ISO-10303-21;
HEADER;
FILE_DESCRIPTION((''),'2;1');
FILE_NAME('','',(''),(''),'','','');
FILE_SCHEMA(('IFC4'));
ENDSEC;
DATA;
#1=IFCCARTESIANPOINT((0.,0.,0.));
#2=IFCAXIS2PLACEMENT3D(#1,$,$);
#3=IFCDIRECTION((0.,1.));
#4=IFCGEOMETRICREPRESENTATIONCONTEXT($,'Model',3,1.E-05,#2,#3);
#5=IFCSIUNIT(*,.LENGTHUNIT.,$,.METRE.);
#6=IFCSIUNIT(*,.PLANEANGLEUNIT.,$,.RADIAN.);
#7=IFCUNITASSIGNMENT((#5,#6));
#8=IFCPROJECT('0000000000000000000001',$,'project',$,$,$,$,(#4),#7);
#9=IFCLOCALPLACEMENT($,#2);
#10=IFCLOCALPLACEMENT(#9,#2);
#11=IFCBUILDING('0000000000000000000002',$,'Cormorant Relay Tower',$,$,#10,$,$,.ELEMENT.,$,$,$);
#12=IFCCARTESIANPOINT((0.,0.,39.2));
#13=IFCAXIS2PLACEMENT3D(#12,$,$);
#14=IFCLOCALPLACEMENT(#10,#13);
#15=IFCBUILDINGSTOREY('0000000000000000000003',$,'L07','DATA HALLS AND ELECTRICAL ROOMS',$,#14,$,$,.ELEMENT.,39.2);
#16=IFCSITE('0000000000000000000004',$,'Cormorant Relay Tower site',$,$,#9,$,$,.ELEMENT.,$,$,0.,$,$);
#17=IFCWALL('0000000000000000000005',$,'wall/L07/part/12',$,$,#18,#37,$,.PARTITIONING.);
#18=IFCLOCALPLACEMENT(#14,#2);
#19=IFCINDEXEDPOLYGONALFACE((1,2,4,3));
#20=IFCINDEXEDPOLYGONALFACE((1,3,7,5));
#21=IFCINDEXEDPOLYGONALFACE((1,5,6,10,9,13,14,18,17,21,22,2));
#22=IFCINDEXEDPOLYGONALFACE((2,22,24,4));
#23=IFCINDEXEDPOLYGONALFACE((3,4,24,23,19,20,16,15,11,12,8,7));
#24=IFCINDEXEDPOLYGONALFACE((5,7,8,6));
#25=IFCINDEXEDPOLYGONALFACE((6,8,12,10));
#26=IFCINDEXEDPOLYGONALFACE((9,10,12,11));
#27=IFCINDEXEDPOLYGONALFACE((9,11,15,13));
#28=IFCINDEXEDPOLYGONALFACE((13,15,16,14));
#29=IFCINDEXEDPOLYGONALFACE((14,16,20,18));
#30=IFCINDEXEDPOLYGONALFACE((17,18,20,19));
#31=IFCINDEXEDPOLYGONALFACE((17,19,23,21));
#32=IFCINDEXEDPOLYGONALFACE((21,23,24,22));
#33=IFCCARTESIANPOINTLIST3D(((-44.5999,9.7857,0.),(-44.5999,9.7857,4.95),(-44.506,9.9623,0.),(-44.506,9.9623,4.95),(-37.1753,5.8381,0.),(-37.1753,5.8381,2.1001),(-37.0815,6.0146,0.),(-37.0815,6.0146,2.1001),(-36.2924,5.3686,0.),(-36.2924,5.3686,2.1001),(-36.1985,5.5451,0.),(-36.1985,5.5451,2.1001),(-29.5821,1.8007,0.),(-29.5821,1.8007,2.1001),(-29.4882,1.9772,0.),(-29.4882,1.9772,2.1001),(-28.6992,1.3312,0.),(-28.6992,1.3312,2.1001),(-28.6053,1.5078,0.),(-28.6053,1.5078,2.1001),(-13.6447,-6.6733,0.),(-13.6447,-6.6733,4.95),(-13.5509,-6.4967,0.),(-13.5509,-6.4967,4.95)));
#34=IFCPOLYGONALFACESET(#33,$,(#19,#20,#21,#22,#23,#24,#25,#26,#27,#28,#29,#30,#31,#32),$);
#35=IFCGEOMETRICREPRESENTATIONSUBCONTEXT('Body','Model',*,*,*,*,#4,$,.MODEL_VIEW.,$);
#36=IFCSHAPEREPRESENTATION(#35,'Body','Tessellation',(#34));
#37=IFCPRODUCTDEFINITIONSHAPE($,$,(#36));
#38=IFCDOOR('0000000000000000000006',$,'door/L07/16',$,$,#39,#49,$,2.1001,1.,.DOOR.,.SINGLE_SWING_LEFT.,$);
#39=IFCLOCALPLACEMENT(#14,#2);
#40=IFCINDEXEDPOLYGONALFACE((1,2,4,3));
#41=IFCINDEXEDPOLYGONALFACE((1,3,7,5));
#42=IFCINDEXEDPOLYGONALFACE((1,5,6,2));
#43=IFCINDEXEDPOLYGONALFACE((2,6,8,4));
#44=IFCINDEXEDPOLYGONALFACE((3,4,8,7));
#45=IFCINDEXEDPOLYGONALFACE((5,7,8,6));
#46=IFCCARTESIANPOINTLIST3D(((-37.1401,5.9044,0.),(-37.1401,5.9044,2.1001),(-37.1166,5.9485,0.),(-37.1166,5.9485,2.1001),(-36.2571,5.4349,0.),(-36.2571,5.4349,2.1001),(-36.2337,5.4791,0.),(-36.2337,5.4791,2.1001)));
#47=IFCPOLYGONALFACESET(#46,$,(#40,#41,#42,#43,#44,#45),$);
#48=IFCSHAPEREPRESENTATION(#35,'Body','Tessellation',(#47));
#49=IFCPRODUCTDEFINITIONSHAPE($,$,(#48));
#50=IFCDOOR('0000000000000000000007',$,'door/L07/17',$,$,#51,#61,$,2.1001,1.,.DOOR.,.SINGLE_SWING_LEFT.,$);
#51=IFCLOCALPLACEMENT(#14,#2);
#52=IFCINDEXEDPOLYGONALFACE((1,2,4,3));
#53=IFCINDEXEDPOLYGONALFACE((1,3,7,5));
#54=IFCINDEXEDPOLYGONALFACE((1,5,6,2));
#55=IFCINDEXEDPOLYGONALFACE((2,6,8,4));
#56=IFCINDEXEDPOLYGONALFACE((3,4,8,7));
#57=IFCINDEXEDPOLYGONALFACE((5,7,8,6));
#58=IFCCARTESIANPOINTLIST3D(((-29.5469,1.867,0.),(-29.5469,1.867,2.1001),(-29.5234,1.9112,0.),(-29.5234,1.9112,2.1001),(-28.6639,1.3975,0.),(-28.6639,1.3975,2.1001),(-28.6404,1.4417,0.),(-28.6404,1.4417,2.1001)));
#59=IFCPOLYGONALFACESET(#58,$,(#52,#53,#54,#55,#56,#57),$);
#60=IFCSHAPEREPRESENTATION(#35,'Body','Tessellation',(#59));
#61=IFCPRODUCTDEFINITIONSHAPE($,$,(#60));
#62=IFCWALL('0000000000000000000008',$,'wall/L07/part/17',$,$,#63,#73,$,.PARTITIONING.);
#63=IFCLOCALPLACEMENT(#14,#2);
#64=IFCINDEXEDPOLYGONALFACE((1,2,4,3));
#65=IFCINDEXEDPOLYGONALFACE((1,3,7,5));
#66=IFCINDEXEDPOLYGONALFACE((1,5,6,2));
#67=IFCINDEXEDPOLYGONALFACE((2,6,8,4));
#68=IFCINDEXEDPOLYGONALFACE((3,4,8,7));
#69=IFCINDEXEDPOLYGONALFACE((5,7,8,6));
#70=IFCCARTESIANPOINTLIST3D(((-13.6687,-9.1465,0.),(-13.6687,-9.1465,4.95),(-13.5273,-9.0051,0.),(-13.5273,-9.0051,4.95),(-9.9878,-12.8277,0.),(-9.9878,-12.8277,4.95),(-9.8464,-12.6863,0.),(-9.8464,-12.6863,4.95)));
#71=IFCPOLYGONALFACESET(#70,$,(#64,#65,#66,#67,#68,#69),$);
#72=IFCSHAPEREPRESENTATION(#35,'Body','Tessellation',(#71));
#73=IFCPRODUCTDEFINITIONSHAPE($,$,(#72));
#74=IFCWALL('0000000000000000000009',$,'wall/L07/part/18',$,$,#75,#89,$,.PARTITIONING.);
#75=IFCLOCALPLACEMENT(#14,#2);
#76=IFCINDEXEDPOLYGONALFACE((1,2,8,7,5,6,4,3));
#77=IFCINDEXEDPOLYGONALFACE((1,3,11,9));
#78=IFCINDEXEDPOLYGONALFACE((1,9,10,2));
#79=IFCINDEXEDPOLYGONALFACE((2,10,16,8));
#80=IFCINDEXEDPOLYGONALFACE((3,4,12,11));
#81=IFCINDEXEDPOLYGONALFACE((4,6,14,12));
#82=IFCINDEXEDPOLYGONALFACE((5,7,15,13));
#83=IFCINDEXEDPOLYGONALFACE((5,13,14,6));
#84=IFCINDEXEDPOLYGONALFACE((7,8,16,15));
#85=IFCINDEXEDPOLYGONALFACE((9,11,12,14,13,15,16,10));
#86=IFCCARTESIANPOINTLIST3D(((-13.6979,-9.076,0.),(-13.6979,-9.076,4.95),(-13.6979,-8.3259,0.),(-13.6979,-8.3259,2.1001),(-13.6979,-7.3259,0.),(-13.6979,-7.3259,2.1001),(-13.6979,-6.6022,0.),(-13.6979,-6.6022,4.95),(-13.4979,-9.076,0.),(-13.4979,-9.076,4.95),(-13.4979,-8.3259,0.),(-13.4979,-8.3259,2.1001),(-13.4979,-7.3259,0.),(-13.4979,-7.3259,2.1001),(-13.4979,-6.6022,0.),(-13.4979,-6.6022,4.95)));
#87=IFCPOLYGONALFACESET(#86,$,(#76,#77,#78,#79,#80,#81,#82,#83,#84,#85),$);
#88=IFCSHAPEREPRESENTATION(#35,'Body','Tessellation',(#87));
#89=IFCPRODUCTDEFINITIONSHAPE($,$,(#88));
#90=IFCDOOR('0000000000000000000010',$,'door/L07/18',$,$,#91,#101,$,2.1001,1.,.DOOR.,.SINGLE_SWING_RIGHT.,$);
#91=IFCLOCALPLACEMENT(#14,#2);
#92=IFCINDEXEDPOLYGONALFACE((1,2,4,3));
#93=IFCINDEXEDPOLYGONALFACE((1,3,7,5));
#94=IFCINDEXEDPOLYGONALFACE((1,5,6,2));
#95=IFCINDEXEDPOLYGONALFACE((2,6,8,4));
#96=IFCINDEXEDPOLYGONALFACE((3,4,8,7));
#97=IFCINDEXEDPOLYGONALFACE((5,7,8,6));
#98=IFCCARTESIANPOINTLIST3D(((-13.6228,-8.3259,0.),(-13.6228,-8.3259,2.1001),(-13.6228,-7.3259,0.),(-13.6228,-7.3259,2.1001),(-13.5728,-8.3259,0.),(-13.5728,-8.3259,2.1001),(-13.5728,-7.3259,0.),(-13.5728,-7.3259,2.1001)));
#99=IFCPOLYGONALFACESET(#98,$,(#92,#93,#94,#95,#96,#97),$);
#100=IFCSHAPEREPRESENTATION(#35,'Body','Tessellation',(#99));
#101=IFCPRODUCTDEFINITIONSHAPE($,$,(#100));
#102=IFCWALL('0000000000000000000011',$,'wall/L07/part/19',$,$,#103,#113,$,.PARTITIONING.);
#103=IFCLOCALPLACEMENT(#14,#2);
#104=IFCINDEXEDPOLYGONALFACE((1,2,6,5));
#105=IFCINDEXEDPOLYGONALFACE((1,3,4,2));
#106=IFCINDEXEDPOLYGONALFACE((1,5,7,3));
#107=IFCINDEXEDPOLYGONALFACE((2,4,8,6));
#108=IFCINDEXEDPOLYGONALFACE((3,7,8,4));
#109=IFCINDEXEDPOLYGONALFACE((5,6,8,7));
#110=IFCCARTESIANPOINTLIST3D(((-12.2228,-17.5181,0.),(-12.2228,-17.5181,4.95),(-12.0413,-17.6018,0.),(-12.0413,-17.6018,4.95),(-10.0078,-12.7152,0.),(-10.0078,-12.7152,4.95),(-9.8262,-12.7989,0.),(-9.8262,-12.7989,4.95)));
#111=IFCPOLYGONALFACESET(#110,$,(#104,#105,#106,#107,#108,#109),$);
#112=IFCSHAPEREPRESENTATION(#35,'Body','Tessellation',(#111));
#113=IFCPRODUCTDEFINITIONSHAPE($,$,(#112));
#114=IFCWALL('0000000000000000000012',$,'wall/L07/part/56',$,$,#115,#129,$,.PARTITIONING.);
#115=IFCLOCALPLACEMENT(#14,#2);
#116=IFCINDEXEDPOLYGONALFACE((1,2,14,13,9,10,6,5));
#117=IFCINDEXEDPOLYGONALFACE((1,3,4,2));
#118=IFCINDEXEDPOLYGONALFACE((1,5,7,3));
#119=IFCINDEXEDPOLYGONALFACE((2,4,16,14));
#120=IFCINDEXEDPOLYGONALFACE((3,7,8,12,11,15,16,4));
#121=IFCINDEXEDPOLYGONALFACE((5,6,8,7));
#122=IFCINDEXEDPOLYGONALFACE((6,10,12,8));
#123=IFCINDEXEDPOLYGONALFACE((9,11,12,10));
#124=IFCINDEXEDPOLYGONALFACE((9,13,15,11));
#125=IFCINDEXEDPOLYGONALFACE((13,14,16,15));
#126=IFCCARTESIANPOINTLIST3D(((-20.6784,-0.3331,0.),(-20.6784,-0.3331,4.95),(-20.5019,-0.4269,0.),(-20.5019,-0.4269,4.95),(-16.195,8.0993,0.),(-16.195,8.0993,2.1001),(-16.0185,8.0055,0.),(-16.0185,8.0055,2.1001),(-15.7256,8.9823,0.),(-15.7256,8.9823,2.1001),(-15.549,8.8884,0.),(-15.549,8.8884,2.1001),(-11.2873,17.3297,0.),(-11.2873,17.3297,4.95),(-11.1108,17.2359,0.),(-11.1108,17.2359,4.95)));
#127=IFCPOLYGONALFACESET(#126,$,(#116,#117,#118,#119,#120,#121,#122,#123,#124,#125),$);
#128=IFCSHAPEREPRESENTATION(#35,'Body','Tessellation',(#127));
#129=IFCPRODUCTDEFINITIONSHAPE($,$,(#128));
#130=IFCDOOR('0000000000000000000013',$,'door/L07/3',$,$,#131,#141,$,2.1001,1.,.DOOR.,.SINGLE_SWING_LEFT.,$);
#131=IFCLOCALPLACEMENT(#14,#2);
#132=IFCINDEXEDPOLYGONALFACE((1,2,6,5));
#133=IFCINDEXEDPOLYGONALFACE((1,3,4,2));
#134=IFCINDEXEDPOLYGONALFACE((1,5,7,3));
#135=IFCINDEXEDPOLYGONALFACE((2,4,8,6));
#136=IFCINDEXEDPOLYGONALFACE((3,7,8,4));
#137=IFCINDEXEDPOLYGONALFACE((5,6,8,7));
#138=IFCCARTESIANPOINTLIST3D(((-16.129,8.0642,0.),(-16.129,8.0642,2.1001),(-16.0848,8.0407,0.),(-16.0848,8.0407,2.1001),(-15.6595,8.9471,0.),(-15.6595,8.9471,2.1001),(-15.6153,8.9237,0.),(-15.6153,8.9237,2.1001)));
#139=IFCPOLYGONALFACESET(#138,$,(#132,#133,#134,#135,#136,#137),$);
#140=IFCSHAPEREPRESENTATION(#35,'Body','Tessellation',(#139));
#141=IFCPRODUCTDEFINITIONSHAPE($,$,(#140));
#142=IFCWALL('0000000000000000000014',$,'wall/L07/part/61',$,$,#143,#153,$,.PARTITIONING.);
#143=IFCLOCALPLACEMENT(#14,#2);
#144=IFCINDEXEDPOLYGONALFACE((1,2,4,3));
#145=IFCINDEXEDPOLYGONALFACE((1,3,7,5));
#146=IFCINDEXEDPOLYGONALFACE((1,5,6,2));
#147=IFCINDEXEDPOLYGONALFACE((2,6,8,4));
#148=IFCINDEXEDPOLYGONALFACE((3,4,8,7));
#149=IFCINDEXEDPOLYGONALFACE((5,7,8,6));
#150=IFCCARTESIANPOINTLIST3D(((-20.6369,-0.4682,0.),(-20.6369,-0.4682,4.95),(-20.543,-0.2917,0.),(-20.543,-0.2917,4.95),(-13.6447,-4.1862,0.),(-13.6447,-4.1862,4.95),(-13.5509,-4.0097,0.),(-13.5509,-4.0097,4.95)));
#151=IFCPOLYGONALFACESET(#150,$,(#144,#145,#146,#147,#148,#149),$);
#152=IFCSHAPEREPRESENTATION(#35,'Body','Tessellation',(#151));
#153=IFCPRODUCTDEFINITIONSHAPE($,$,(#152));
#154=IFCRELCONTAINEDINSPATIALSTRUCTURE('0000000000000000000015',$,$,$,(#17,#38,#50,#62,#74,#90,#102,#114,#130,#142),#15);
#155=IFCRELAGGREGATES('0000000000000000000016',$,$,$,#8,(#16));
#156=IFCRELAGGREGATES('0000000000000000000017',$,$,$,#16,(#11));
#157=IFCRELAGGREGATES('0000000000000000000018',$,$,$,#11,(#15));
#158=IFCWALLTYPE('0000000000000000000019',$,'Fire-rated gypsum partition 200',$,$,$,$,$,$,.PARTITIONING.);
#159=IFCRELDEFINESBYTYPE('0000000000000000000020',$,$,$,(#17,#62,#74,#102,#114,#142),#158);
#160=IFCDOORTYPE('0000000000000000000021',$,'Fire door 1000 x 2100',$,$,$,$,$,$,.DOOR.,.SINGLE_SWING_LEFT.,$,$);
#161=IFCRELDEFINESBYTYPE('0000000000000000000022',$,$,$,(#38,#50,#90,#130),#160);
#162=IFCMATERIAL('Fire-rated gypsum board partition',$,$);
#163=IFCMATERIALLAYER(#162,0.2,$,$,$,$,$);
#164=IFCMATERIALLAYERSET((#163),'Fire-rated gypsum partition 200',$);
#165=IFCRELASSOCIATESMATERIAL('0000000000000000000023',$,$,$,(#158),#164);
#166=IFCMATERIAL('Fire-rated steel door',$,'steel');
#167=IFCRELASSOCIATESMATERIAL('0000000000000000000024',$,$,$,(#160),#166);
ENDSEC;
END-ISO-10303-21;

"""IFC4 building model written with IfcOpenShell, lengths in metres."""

from ifc_helpers import new_model, si_unit, direction, frame, frame_2d, origin, place, context, subcontext, project, spatial, rectangle, extrude, material, layer, layer_set, type_object, element, fill, save


model = new_model("IFC4")

# Units and contexts
model_context = context("Model", 3, precision=1e-05, world=origin(), true_north=direction((0.0, 1.0)))
body_context = subcontext(model_context, "Body", "Model", "MODEL_VIEW")
ifc_project = project(units=[si_unit("LENGTHUNIT", "METRE"), si_unit("PLANEANGLEUNIT", "RADIAN")], contexts=[model_context])

# Site, building, storey
site_placement = place(None, origin())
site = spatial("IfcSite", under=ifc_project, at=site_placement, Name="Cormorant Relay Tower site", CompositionType="ELEMENT", RefElevation=0.0)
building_placement = place(site_placement, origin())
building = spatial("IfcBuilding", under=site, at=building_placement, Name="Cormorant Relay Tower", CompositionType="ELEMENT")
storey_placement = place(building_placement, frame((0.0, 0.0, 39.2)))
storey = spatial("IfcBuildingStorey", under=building, at=storey_placement, Name="L07", Description="DATA HALLS AND ELECTRICAL ROOMS", CompositionType="ELEMENT", Elevation=39.2)

# Wall, openings, doors
ifc_material_1 = material(Name="Fire-rated gypsum board partition")
ifc_layer_1 = layer(ifc_material_1, 0.2)
ifc_layer_set_1 = layer_set([ifc_layer_1], Name="Fire-rated gypsum partition 200")
wall_type_1 = type_object("IfcWallType", Name="Fire-rated gypsum partition 200", PredefinedType="PARTITIONING", material=ifc_layer_set_1)
wall_1_placement = place(storey_placement, frame((-13.5979, -6.585, 0.0), z_axis=(0.0, 0.0, 1.0), x_axis=(-0.882949, 0.469469, 0.0)))
wall_1 = element("IfcWall", 1, at=wall_1_placement, inside=storey, type_object=wall_type_1, Name="wall/L07/part/12", PredefinedType="PARTITIONING", context=body_context, shape_type="SweptSolid", body=[
    extrude(rectangle(XDim=35.0588, YDim=0.2, at=frame_2d((17.5293, 0.0))), origin(), (0.0, 0.0, 1.0), 4.95),
])
opening_1_placement = place(wall_1_placement, frame((25.6499, 0.0, 0.0)))
opening_1 = element("IfcOpeningElement", 2, at=opening_1_placement, cuts=wall_1, PredefinedType="OPENING", context=body_context, shape_type="SweptSolid", body=[
    extrude(rectangle(XDim=1.0, YDim=2.1001, at=frame_2d((0.5, 1.05))), frame((0.0, 0.1099, 0.0), z_axis=(0.0, -1.0, 0.0), x_axis=(1.0, 0.0, 0.0)), (0.0, 0.0, 1.0), 0.22),
])
opening_2_placement = place(wall_1_placement, frame((17.05, 0.0, 0.0)))
opening_2 = element("IfcOpeningElement", 3, at=opening_2_placement, cuts=wall_1, PredefinedType="OPENING", context=body_context, shape_type="SweptSolid", body=[
    extrude(rectangle(XDim=1.0, YDim=2.1001, at=frame_2d((0.5, 1.05))), frame((0.0, 0.1099, 0.0), z_axis=(0.0, -1.0, 0.0), x_axis=(1.0, 0.0, 0.0)), (0.0, 0.0, 1.0), 0.22),
])
ifc_material_2 = material(Name="Fire-rated steel door", Category="steel")
door_type_1 = type_object("IfcDoorType", Name="Fire door 1000 x 2100", OperationType="SINGLE_SWING_LEFT", PredefinedType="DOOR", material=ifc_material_2)
door_1_placement = place(opening_1_placement, origin())
door_1 = element("IfcDoor", 4, at=door_1_placement, inside=storey, type_object=door_type_1, Name="door/L07/16", OperationType="SINGLE_SWING_LEFT", OverallHeight=2.1001, OverallWidth=1.0, PredefinedType="DOOR", context=body_context, shape_type="SweptSolid", body=[
    extrude(rectangle(XDim=1.0, YDim=2.1001, at=frame_2d((0.5, 1.05))), frame((0.0, 0.0249, 0.0), z_axis=(0.0, -1.0, 0.0), x_axis=(1.0, 0.0, 0.0)), (0.0, 0.0, 1.0), 0.05),
])
fill(opening_1, door_1)
door_2_placement = place(opening_2_placement, origin())
door_2 = element("IfcDoor", 5, at=door_2_placement, inside=storey, type_object=door_type_1, Name="door/L07/17", OperationType="SINGLE_SWING_LEFT", OverallHeight=2.1001, OverallWidth=1.0, PredefinedType="DOOR", context=body_context, shape_type="SweptSolid", body=[
    extrude(rectangle(XDim=1.0, YDim=2.1001, at=frame_2d((0.5, 1.05))), frame((0.0, 0.0249, 0.0), z_axis=(0.0, -1.0, 0.0), x_axis=(1.0, 0.0, 0.0)), (0.0, 0.0, 1.0), 0.05),
])
fill(opening_2, door_2)

# Wall
wall_2_placement = place(storey_placement, frame((-9.917, -12.7571, 0.0), z_axis=(0.0, 0.0, 1.0), x_axis=(-0.707083, 0.70713, 0.0)))
element("IfcWall", 6, at=wall_2_placement, inside=storey, type_object=wall_type_1, Name="wall/L07/part/17", PredefinedType="PARTITIONING", context=body_context, shape_type="SweptSolid", body=[
    extrude(rectangle(XDim=5.2058, YDim=0.2, at=frame_2d((2.603, 0.0))), origin(), (0.0, 0.0, 1.0), 4.95),
])

# Wall, opening, door
wall_3_placement = place(storey_placement, frame((-13.5979, -9.0759, 0.0), z_axis=(0.0, 0.0, 1.0), x_axis=(0.0, 1.0, 0.0)))
wall_3 = element("IfcWall", 7, at=wall_3_placement, inside=storey, type_object=wall_type_1, Name="wall/L07/part/18", PredefinedType="PARTITIONING", context=body_context, shape_type="SweptSolid", body=[
    extrude(rectangle(XDim=2.4739, YDim=0.2, at=frame_2d((1.2368, 0.0))), origin(), (0.0, 0.0, 1.0), 4.95),
])
opening_3_placement = place(wall_3_placement, frame((0.75, 0.0, 0.0)))
opening_3 = element("IfcOpeningElement", 8, at=opening_3_placement, cuts=wall_3, PredefinedType="OPENING", context=body_context, shape_type="SweptSolid", body=[
    extrude(rectangle(XDim=1.0, YDim=2.1001, at=frame_2d((0.5, 1.05))), frame((0.0, 0.1099, 0.0), z_axis=(0.0, -1.0, 0.0), x_axis=(1.0, 0.0, 0.0)), (0.0, 0.0, 1.0), 0.22),
])
door_3_placement = place(opening_3_placement, origin())
door_3 = element("IfcDoor", 9, at=door_3_placement, inside=storey, type_object=door_type_1, Name="door/L07/18", OperationType="SINGLE_SWING_RIGHT", OverallHeight=2.1001, OverallWidth=1.0, PredefinedType="DOOR", context=body_context, shape_type="SweptSolid", body=[
    extrude(rectangle(XDim=1.0, YDim=2.1001, at=frame_2d((0.5, 1.05))), frame((0.0, 0.0249, 0.0), z_axis=(0.0, -1.0, 0.0), x_axis=(1.0, 0.0, 0.0)), (0.0, 0.0, 1.0), 0.05),
])
fill(opening_3, door_3)

# Wall
wall_4_placement = place(storey_placement, frame((-9.917, -12.7571, 0.0), z_axis=(0.0, 0.0, 1.0), x_axis=(-0.418798, -0.90808, 0.0)))
element("IfcWall", 10, at=wall_4_placement, inside=storey, type_object=wall_type_1, Name="wall/L07/part/19", PredefinedType="PARTITIONING", context=body_context, shape_type="SweptSolid", body=[
    extrude(rectangle(XDim=5.2891, YDim=0.2, at=frame_2d((2.6445, 0.0))), origin(), (0.0, 0.0, 1.0), 4.95),
])

# Wall, opening, door
wall_5_placement = place(storey_placement, frame((-20.5901, -0.3799, 0.0), z_axis=(0.0, 0.0, 1.0), x_axis=(0.469457, 0.882956, 0.0)))
wall_5 = element("IfcWall", 11, at=wall_5_placement, inside=storey, type_object=wall_type_1, Name="wall/L07/part/56", PredefinedType="PARTITIONING", context=body_context, shape_type="SweptSolid", body=[
    extrude(rectangle(XDim=20.0042, YDim=0.2, at=frame_2d((10.002, 0.0))), origin(), (0.0, 0.0, 1.0), 4.95),
])
opening_4_placement = place(wall_5_placement, frame((9.55, 0.0, 0.0)))
opening_4 = element("IfcOpeningElement", 12, at=opening_4_placement, cuts=wall_5, PredefinedType="OPENING", context=body_context, shape_type="SweptSolid", body=[
    extrude(rectangle(XDim=1.0, YDim=2.1001, at=frame_2d((0.5, 1.05))), frame((0.0, 0.1099, 0.0), z_axis=(0.0, -1.0, 0.0), x_axis=(1.0, 0.0, 0.0)), (0.0, 0.0, 1.0), 0.22),
])
door_4_placement = place(opening_4_placement, frame((1.0, 0.0, 0.0), z_axis=(0.0, 0.0, 1.0), x_axis=(-1.0, 0.0, 0.0)))
door_4 = element("IfcDoor", 13, at=door_4_placement, inside=storey, type_object=door_type_1, Name="door/L07/3", OperationType="SINGLE_SWING_LEFT", OverallHeight=2.1001, OverallWidth=1.0, PredefinedType="DOOR", context=body_context, shape_type="SweptSolid", body=[
    extrude(rectangle(XDim=1.0, YDim=2.1001, at=frame_2d((0.5, 1.05))), frame((0.0, 0.0249, 0.0), z_axis=(0.0, -1.0, 0.0), x_axis=(1.0, 0.0, 0.0)), (0.0, 0.0, 1.0), 0.05),
])
fill(opening_4, door_4)

# Wall
wall_6_placement = place(storey_placement, frame((-13.5979, -4.0979, 0.0), z_axis=(0.0, 0.0, 1.0), x_axis=(-0.882937, 0.469492, 0.0)))
element("IfcWall", 14, at=wall_6_placement, inside=storey, type_object=wall_type_1, Name="wall/L07/part/61", PredefinedType="PARTITIONING", context=body_context, shape_type="SweptSolid", body=[
    extrude(rectangle(XDim=7.9192, YDim=0.2, at=frame_2d((3.9595, 0.0))), origin(), (0.0, 0.0, 1.0), 4.95),
])

save(model, "model.ifc")
